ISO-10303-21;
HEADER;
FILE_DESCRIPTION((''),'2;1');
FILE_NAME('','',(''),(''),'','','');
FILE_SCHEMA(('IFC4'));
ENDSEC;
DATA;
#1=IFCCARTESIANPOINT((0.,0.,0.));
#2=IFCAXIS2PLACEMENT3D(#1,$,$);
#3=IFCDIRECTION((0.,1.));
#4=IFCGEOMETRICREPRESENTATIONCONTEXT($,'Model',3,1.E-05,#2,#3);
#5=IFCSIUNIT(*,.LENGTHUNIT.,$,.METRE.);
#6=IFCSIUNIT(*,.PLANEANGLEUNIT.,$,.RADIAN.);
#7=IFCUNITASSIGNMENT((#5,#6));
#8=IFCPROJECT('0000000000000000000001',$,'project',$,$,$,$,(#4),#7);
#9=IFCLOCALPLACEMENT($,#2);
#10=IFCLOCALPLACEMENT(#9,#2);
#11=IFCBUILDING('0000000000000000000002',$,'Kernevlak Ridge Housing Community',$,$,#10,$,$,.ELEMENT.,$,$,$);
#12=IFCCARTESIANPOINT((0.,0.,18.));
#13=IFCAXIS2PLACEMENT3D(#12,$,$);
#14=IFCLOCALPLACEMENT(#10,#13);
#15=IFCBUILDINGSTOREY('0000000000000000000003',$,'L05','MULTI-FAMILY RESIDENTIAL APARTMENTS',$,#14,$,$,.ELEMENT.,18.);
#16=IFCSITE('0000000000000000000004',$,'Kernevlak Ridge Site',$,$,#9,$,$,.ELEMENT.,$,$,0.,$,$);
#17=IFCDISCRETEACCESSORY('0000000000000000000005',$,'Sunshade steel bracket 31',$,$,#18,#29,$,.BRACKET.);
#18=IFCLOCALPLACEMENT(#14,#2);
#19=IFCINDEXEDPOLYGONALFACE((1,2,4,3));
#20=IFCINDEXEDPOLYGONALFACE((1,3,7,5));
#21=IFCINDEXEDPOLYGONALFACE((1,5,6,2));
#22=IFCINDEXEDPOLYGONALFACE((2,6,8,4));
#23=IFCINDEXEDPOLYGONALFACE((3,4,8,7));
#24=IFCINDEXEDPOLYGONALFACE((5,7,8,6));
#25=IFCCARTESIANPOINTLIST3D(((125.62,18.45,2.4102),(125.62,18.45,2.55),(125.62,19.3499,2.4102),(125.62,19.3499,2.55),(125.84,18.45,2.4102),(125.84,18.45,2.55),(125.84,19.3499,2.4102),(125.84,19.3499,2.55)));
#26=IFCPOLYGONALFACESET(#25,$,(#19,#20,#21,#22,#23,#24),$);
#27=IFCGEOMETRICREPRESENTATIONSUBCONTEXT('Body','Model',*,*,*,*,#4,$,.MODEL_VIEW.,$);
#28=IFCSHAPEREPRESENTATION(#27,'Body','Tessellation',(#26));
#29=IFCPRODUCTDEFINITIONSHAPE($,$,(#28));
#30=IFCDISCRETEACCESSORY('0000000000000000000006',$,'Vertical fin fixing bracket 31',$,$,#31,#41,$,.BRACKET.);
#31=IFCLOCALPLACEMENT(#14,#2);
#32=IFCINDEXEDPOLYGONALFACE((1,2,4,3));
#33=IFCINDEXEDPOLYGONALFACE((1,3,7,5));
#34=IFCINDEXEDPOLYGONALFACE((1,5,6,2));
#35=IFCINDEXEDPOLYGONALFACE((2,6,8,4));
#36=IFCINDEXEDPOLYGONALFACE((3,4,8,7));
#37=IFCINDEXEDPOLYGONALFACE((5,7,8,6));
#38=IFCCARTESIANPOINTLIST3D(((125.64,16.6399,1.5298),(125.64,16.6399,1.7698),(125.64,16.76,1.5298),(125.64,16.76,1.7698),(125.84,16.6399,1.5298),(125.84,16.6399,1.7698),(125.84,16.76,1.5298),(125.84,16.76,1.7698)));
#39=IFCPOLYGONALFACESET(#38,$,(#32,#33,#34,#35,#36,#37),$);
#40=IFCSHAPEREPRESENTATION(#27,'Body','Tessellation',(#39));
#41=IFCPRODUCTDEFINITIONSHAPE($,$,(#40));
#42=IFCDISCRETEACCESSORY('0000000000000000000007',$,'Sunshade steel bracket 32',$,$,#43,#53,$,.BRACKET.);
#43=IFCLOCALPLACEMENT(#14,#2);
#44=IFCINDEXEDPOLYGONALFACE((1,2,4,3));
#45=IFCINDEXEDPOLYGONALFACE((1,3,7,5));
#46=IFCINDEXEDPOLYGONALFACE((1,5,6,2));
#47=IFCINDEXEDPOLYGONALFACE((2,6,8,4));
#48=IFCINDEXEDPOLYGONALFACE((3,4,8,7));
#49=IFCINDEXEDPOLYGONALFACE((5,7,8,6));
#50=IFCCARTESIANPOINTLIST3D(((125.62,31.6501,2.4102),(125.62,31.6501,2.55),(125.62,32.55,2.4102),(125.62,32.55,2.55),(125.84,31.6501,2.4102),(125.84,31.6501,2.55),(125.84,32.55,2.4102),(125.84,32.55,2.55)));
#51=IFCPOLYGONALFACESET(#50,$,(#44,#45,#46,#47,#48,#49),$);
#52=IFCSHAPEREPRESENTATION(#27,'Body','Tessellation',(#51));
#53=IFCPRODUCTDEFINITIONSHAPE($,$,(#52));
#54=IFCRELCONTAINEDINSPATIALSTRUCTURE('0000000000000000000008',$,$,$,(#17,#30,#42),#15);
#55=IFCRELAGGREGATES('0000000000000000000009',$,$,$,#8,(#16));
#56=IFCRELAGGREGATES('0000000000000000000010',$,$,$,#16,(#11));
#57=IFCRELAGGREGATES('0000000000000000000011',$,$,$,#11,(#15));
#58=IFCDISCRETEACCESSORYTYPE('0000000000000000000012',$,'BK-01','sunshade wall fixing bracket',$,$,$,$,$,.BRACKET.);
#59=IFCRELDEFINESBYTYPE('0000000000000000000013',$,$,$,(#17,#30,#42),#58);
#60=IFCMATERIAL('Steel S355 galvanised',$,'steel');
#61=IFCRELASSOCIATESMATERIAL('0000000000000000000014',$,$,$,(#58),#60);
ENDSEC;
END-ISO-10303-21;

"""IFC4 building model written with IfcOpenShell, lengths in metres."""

from ifc_helpers import new_model, si_unit, direction, frame, origin, origin_2d, place, context, subcontext, project, spatial, rectangle, extrude, material, type_object, element, save


model = new_model("IFC4")

# Units and contexts
model_context = context("Model", 3, precision=1e-05, world=origin(), true_north=direction((0.0, 1.0)))
body_context = subcontext(model_context, "Body", "Model", "MODEL_VIEW")
ifc_project = project(units=[si_unit("LENGTHUNIT", "METRE"), si_unit("PLANEANGLEUNIT", "RADIAN")], contexts=[model_context])

# Site, building, storey
site_placement = place(None, origin())
site = spatial("IfcSite", under=ifc_project, at=site_placement, Name="Kernevlak Ridge Site", CompositionType="ELEMENT", RefElevation=0.0)
building_placement = place(site_placement, origin())
building = spatial("IfcBuilding", under=site, at=building_placement, Name="Kernevlak Ridge Housing Community", CompositionType="ELEMENT")
storey_placement = place(building_placement, frame((0.0, 0.0, 18.0)))
storey = spatial("IfcBuildingStorey", under=building, at=storey_placement, Name="L05", Description="MULTI-FAMILY RESIDENTIAL APARTMENTS", CompositionType="ELEMENT", Elevation=18.0)

# Discrete accessories
ifc_material_1 = material(Name="Steel S355 galvanised", Category="steel")
discrete_accessory_type = type_object("IfcDiscreteAccessoryType", Name="BK-01", Description="sunshade wall fixing bracket", PredefinedType="BRACKET", material=ifc_material_1)
discrete_accessory_1_placement = place(storey_placement, frame((125.73, 18.8999, 2.4102), z_axis=(0.0, 0.0, 1.0), x_axis=(0.0, 1.0, 0.0)))
element("IfcDiscreteAccessory", 1, at=discrete_accessory_1_placement, inside=storey, type_object=discrete_accessory_type, Name="Sunshade steel bracket 31", PredefinedType="BRACKET", context=body_context, shape_type="SweptSolid", body=[
    extrude(rectangle(XDim=0.8999, YDim=0.22, at=origin_2d()), origin(), (0.0, 0.0, 1.0), 0.1399),
])
discrete_accessory_2_placement = place(storey_placement, frame((125.74, 16.7, 1.5298), z_axis=(0.0, 0.0, 1.0), x_axis=(0.0, 1.0, 0.0)))
element("IfcDiscreteAccessory", 2, at=discrete_accessory_2_placement, inside=storey, type_object=discrete_accessory_type, Name="Vertical fin fixing bracket 31", PredefinedType="BRACKET", context=body_context, shape_type="SweptSolid", body=[
    extrude(rectangle(XDim=0.1201, YDim=0.2, at=origin_2d()), origin(), (0.0, 0.0, 1.0), 0.24),
])
discrete_accessory_3_placement = place(storey_placement, frame((125.73, 32.1001, 2.4102), z_axis=(0.0, 0.0, 1.0), x_axis=(0.0, 1.0, 0.0)))
element("IfcDiscreteAccessory", 3, at=discrete_accessory_3_placement, inside=storey, type_object=discrete_accessory_type, Name="Sunshade steel bracket 32", PredefinedType="BRACKET", context=body_context, shape_type="SweptSolid", body=[
    extrude(rectangle(XDim=0.8999, YDim=0.22, at=origin_2d()), origin(), (0.0, 0.0, 1.0), 0.1399),
])

save(model, "model.ifc")
